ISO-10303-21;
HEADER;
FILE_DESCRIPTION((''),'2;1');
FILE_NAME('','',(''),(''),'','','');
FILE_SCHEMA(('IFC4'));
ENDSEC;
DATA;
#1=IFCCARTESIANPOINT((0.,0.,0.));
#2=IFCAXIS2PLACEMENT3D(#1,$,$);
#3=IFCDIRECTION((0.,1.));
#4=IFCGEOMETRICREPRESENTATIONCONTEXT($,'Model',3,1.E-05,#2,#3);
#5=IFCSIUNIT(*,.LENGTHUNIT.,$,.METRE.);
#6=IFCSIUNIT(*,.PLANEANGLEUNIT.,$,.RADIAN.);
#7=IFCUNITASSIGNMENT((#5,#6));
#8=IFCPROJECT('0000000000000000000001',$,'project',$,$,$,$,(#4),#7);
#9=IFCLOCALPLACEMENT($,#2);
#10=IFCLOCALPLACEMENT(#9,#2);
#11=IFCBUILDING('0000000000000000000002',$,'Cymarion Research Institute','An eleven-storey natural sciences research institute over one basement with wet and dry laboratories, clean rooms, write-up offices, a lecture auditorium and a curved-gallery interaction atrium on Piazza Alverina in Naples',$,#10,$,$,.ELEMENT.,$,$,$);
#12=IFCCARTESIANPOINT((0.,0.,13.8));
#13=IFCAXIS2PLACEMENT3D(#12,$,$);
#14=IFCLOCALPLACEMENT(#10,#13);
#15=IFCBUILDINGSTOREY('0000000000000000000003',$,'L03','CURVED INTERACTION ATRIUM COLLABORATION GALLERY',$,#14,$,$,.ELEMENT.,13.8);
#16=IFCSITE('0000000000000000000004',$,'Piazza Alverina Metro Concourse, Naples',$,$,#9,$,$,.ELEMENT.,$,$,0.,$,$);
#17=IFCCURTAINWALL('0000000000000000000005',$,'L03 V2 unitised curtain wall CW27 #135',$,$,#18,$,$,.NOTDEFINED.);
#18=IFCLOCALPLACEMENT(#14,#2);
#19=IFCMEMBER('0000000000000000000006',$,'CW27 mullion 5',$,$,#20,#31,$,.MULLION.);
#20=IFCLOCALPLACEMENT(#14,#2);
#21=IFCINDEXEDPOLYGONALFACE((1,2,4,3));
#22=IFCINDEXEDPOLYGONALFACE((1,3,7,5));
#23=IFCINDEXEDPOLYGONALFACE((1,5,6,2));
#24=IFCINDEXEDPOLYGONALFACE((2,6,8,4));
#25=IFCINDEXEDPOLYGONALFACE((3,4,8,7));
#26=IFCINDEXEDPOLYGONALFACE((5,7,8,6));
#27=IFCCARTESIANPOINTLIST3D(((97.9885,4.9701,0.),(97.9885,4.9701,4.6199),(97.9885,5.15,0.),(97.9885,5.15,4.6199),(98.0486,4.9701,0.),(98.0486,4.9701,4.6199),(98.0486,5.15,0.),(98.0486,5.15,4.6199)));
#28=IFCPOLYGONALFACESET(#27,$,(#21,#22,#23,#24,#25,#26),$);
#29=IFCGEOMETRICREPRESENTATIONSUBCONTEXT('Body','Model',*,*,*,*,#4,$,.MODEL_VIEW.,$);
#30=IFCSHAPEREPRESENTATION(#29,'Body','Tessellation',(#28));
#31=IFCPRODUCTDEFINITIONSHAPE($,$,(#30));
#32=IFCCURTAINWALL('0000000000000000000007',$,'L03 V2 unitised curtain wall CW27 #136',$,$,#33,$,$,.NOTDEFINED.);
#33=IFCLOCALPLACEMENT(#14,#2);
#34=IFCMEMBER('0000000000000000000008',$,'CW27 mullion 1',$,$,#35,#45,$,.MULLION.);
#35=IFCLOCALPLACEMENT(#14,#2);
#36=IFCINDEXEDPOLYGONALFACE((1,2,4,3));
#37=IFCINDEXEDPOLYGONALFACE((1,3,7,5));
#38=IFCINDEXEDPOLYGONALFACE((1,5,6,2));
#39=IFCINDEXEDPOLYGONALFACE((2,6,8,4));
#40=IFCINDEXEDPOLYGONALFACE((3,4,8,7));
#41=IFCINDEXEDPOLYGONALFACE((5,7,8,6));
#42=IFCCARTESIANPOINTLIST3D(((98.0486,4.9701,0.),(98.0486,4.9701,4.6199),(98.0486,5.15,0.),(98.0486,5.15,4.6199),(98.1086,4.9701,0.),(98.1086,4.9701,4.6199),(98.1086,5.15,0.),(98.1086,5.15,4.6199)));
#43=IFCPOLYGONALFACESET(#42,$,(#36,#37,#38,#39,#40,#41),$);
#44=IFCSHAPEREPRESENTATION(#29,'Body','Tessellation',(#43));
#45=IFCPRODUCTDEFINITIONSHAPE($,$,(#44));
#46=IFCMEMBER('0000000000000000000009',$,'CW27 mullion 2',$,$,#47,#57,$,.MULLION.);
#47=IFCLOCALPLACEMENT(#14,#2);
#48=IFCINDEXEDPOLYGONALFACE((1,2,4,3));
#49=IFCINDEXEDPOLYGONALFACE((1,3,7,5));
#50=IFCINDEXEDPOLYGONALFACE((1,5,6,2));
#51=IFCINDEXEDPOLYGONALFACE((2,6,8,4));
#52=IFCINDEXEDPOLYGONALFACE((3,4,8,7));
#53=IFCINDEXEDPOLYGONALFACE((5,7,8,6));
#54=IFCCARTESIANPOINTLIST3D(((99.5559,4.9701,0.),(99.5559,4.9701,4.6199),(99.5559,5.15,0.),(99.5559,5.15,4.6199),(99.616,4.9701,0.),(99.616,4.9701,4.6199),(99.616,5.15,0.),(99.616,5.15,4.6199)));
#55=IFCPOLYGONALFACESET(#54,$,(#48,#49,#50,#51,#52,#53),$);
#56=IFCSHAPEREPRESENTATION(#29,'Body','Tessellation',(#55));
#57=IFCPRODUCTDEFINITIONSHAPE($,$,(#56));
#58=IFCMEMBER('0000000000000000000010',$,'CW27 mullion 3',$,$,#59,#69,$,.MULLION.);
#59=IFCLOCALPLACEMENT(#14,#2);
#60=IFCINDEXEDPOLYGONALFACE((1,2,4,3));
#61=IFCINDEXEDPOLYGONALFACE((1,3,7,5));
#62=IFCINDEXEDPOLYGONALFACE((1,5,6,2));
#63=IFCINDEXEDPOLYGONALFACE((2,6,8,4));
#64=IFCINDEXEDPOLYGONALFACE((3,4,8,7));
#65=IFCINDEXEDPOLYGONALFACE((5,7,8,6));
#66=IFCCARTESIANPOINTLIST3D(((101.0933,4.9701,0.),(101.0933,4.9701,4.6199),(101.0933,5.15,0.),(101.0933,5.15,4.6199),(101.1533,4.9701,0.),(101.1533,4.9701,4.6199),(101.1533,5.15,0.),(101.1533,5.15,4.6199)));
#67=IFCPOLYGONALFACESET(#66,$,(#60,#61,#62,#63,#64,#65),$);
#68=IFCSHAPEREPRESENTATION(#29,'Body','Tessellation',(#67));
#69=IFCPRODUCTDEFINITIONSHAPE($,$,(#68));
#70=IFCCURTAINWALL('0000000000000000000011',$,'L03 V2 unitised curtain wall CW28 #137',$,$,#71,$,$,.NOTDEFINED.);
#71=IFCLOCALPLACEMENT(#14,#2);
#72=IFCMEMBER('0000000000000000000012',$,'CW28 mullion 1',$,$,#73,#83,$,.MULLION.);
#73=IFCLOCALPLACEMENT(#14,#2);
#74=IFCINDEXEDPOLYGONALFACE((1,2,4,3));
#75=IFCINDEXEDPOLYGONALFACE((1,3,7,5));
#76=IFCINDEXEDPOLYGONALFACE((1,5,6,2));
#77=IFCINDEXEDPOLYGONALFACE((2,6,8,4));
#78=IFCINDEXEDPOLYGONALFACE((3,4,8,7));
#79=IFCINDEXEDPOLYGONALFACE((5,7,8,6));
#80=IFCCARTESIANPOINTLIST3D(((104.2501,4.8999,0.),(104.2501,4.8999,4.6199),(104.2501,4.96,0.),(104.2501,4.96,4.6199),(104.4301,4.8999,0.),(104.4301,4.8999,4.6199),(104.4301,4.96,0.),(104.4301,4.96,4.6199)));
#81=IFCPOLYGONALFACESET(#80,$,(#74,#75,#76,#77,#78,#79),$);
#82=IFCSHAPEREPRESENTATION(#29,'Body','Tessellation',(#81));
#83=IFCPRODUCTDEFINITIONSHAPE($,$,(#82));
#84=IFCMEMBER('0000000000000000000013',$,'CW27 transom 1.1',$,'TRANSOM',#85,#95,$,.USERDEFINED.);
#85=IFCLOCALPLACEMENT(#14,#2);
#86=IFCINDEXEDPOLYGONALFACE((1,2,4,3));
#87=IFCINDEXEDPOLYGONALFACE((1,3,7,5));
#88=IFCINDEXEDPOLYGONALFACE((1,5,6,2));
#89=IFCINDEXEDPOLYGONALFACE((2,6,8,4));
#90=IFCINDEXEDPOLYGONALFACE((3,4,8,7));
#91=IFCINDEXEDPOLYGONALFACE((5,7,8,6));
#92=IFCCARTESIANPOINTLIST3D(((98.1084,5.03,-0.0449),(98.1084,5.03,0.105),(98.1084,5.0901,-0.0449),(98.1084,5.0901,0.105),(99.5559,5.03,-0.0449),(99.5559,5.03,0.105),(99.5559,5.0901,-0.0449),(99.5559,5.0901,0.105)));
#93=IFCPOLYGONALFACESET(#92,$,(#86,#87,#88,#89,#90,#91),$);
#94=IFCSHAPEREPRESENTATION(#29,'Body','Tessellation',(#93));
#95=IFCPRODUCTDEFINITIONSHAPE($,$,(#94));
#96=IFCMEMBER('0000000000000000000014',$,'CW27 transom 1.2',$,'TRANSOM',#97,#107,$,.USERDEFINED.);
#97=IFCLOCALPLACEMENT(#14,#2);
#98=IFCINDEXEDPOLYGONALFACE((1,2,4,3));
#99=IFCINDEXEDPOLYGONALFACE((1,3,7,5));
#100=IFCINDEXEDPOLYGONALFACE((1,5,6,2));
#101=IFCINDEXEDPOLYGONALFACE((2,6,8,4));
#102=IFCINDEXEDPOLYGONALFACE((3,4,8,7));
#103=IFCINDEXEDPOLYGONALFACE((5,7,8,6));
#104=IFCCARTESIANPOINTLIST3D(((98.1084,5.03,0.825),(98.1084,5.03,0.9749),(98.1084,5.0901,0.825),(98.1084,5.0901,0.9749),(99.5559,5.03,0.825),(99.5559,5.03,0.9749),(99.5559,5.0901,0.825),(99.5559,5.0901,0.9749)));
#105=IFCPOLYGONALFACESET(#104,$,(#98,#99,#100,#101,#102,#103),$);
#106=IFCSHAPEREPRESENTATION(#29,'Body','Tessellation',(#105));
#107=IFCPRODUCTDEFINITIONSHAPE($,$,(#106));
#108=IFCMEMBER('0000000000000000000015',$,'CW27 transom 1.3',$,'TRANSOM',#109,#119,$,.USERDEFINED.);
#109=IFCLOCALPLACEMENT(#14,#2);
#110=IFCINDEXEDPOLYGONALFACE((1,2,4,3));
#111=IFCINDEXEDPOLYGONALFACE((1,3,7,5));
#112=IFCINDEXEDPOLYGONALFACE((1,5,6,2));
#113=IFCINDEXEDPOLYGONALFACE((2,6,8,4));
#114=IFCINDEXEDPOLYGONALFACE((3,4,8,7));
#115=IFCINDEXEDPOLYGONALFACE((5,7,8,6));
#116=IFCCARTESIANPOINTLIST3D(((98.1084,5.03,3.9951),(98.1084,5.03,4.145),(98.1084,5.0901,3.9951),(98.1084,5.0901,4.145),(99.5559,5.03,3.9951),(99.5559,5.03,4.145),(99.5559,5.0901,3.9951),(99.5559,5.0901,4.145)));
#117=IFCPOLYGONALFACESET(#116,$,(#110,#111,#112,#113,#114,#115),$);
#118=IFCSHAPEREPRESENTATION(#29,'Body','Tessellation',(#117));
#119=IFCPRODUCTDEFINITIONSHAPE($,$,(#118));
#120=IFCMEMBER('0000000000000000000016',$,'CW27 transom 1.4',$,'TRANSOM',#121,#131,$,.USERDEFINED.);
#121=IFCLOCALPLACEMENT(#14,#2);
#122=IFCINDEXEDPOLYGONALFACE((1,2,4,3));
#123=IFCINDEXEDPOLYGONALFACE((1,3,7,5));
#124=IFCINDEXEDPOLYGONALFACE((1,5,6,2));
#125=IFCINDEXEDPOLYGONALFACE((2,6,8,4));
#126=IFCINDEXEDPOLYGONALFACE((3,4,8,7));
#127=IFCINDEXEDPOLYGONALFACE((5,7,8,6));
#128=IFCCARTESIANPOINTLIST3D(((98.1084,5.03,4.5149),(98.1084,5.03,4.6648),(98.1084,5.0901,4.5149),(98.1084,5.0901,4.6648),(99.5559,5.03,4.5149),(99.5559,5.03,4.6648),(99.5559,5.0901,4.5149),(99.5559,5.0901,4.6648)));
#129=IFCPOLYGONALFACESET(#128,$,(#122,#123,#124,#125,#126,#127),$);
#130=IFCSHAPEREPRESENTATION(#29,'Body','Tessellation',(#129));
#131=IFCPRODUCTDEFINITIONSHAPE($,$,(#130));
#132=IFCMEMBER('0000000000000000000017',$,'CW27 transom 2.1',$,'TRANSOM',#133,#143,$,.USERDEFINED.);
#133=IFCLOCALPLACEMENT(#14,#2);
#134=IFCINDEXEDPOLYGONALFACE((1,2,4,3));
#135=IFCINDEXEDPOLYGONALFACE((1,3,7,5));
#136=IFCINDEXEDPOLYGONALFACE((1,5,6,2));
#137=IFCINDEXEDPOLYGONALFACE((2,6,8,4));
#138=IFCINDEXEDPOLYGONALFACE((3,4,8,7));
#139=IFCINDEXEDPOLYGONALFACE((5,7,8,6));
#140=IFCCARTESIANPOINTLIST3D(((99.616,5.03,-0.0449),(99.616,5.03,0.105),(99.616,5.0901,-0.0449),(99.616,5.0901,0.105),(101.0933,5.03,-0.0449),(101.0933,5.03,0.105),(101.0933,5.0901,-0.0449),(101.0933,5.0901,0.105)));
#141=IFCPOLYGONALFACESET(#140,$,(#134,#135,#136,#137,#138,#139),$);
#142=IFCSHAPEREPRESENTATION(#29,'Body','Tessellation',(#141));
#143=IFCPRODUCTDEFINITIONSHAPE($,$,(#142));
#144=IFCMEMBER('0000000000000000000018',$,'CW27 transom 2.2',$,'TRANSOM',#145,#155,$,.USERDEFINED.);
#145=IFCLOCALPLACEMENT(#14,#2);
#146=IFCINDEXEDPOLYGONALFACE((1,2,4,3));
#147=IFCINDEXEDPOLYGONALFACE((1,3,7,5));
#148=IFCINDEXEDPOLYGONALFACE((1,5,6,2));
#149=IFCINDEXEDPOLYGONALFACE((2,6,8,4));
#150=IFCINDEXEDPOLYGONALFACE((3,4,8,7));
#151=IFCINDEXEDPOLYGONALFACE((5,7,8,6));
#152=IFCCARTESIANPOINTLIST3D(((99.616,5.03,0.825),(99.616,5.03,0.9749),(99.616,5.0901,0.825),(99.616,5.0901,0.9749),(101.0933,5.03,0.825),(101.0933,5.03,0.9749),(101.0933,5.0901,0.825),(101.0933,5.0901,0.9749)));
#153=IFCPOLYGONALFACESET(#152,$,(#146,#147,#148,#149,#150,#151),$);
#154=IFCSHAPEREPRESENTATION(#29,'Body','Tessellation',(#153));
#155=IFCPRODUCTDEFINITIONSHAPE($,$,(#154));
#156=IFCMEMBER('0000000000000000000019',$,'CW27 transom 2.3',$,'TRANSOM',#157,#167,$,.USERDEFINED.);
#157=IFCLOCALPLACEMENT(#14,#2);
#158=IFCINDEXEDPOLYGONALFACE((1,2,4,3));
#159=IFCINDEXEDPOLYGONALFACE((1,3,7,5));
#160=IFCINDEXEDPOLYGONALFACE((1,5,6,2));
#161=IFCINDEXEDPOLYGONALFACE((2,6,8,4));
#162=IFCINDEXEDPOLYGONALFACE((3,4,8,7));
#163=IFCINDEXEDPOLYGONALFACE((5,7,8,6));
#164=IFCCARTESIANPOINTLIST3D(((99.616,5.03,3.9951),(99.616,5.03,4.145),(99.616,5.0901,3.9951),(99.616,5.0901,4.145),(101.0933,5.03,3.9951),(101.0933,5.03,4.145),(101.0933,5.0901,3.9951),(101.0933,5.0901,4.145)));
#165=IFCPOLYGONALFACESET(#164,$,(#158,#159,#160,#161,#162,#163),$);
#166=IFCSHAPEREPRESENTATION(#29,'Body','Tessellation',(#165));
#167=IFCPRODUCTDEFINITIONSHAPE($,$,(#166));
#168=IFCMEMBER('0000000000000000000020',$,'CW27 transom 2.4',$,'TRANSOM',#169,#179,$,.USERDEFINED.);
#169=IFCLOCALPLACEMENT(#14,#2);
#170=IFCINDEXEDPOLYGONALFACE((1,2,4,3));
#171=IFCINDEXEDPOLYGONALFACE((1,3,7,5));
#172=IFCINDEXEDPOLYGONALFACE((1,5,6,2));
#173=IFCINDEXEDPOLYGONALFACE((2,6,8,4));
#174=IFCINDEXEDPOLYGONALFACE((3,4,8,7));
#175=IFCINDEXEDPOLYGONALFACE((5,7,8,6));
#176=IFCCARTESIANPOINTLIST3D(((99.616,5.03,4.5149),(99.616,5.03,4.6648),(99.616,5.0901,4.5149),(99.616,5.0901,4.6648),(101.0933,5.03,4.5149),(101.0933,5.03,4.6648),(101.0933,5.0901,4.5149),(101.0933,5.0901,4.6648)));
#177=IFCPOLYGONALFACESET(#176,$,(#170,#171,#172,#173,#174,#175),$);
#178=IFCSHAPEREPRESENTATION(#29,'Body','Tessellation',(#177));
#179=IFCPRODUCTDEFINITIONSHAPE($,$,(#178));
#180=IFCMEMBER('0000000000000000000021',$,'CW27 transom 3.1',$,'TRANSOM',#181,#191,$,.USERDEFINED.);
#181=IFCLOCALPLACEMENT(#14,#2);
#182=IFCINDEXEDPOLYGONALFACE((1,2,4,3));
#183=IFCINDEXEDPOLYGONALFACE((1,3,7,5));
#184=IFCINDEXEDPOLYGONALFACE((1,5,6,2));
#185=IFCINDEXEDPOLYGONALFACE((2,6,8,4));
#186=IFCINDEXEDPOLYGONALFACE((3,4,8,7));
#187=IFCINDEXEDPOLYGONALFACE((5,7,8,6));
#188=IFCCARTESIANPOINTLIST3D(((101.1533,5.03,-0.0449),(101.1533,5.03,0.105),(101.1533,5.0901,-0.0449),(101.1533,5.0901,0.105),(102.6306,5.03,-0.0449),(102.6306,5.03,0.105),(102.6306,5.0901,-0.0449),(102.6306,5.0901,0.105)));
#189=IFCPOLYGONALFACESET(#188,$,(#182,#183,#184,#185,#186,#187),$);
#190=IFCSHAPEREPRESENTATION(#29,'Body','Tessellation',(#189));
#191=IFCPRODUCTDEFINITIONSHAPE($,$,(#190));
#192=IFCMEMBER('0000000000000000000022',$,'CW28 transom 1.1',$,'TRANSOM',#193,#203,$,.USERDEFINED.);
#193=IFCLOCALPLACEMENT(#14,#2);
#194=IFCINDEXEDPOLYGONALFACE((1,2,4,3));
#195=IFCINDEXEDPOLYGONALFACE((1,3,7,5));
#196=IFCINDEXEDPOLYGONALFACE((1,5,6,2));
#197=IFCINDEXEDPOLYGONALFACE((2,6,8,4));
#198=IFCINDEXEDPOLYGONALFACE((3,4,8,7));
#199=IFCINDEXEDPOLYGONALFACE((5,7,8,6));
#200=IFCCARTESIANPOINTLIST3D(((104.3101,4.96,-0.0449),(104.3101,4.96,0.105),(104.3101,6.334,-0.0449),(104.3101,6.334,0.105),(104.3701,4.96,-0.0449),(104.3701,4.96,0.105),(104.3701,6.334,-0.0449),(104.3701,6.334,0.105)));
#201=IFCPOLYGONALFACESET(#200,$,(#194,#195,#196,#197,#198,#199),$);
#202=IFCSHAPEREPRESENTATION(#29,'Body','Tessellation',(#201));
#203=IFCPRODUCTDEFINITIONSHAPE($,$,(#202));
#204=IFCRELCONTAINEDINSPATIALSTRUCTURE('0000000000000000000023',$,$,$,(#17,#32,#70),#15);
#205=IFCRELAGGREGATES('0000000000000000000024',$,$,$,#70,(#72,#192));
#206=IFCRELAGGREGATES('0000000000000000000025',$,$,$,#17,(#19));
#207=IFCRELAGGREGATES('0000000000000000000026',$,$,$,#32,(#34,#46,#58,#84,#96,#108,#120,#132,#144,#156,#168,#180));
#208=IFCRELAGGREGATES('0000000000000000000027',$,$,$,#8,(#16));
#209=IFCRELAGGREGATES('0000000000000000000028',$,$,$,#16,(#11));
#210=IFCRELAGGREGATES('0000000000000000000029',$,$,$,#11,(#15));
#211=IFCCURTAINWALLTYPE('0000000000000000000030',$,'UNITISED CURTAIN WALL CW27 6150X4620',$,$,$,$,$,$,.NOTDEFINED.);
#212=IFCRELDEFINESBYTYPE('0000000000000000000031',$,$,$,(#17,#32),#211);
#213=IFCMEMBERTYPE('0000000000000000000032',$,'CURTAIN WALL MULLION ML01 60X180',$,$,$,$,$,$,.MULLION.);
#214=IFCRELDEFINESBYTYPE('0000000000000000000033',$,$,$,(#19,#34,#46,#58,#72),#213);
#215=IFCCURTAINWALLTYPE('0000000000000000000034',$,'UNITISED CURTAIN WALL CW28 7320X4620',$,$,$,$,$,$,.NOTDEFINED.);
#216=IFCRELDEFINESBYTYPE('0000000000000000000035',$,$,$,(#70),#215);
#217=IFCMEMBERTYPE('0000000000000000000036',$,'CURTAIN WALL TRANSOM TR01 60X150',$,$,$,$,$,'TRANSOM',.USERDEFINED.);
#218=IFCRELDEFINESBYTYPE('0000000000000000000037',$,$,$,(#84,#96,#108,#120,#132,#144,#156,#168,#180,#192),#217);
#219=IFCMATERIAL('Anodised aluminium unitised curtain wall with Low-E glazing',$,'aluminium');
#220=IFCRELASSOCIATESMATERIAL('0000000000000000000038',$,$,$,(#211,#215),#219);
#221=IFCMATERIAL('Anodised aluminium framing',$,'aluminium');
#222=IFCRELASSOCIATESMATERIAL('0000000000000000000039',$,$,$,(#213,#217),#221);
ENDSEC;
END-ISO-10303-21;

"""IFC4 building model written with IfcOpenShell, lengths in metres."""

from ifc_helpers import new_model, si_unit, direction, frame, origin, origin_2d, place, context, subcontext, project, spatial, rectangle, extrude, material, material_profile, profile_set, type_object, element, aggregate, save


model = new_model("IFC4")

# Units and contexts
model_context = context("Model", 3, precision=1e-05, world=origin(), true_north=direction((0.0, 1.0)))
body_context = subcontext(model_context, "Body", "Model", "MODEL_VIEW")
ifc_project = project(units=[si_unit("LENGTHUNIT", "METRE"), si_unit("PLANEANGLEUNIT", "RADIAN")], contexts=[model_context])

# Site, building, storey
site_placement = place(None, origin())
site = spatial("IfcSite", under=ifc_project, at=site_placement, Name="Piazza Alverina Metro Concourse, Naples", CompositionType="ELEMENT", RefElevation=0.0)
building_placement = place(site_placement, origin())
building = spatial("IfcBuilding", under=site, at=building_placement, Name="Cymarion Research Institute", Description="An eleven-storey natural sciences research institute over one basement with wet and dry laboratories, clean rooms, write-up offices, a lecture auditorium and a curved-gallery interaction atrium on Piazza Alverina in Naples", CompositionType="ELEMENT")
storey_placement = place(building_placement, frame((0.0, 0.0, 13.8)))
storey = spatial("IfcBuildingStorey", under=building, at=storey_placement, Name="L03", Description="CURVED INTERACTION ATRIUM COLLABORATION GALLERY", CompositionType="ELEMENT", Elevation=13.8)

# Curtain wall, member
ifc_material_1 = material(Name="Anodised aluminium unitised curtain wall with Low-E glazing", Category="aluminium")
curtain_wall_type_1 = type_object("IfcCurtainWallType", Name="UNITISED CURTAIN WALL CW27 6150X4620", PredefinedType="NOTDEFINED", material=ifc_material_1)
curtain_wall_1_placement = place(storey_placement, origin())
curtain_wall_1 = element("IfcCurtainWall", 1, at=curtain_wall_1_placement, inside=storey, type_object=curtain_wall_type_1, Name="L03 V2 unitised curtain wall CW27 #135", PredefinedType="NOTDEFINED")
ifc_material_2 = material(Name="Anodised aluminium framing", Category="aluminium")
ifc_material_profile_1 = material_profile(ifc_material_2, rectangle(XDim=0.0601, YDim=0.1799, at=origin_2d()), Name="ALU MULLION 60x180")
ifc_profile_set_1 = profile_set([ifc_material_profile_1], Name="Anodised aluminium framing")
member_type_1 = type_object("IfcMemberType", Name="CURTAIN WALL MULLION ML01 60X180", PredefinedType="MULLION", material=ifc_profile_set_1)
member_1_placement = place(storey_placement, frame((98.0186, 5.0601, 0.0), z_axis=(0.0, 0.0, 1.0), x_axis=(1.0, 0.0, 0.0)))
member_1 = element("IfcMember", 2, at=member_1_placement, type_object=member_type_1, Name="CW27 mullion 5", PredefinedType="MULLION", context=body_context, shape_type="SweptSolid", body=[
    extrude(rectangle(XDim=0.0601, YDim=0.1799, at=origin_2d()), origin(), (0.0, 0.0, 1.0), 4.6199),
])

# Curtain wall, members
curtain_wall_2_placement = place(storey_placement, origin())
curtain_wall_2 = element("IfcCurtainWall", 3, at=curtain_wall_2_placement, inside=storey, type_object=curtain_wall_type_1, Name="L03 V2 unitised curtain wall CW27 #136", PredefinedType="NOTDEFINED")
member_2_placement = place(storey_placement, frame((98.0786, 5.0601, 0.0), z_axis=(0.0, 0.0, 1.0), x_axis=(1.0, 0.0, 0.0)))
member_2 = element("IfcMember", 4, at=member_2_placement, type_object=member_type_1, Name="CW27 mullion 1", PredefinedType="MULLION", context=body_context, shape_type="SweptSolid", body=[
    extrude(rectangle(XDim=0.0601, YDim=0.1799, at=origin_2d()), origin(), (0.0, 0.0, 1.0), 4.6199),
])
member_3_placement = place(storey_placement, frame((99.5859, 5.0601, 0.0), z_axis=(0.0, 0.0, 1.0), x_axis=(1.0, 0.0, 0.0)))
member_3 = element("IfcMember", 5, at=member_3_placement, type_object=member_type_1, Name="CW27 mullion 2", PredefinedType="MULLION", context=body_context, shape_type="SweptSolid", body=[
    extrude(rectangle(XDim=0.0601, YDim=0.1799, at=origin_2d()), origin(), (0.0, 0.0, 1.0), 4.6199),
])
member_4_placement = place(storey_placement, frame((101.1233, 5.0601, 0.0), z_axis=(0.0, 0.0, 1.0), x_axis=(1.0, 0.0, 0.0)))
member_4 = element("IfcMember", 6, at=member_4_placement, type_object=member_type_1, Name="CW27 mullion 3", PredefinedType="MULLION", context=body_context, shape_type="SweptSolid", body=[
    extrude(rectangle(XDim=0.0601, YDim=0.1799, at=origin_2d()), origin(), (0.0, 0.0, 1.0), 4.6199),
])

# Curtain wall, member
curtain_wall_type_2 = type_object("IfcCurtainWallType", Name="UNITISED CURTAIN WALL CW28 7320X4620", PredefinedType="NOTDEFINED", material=ifc_material_1)
curtain_wall_3_placement = place(storey_placement, origin())
curtain_wall_3 = element("IfcCurtainWall", 7, at=curtain_wall_3_placement, inside=storey, type_object=curtain_wall_type_2, Name="L03 V2 unitised curtain wall CW28 #137", PredefinedType="NOTDEFINED")
member_5_placement = place(storey_placement, frame((104.3401, 4.9299, 0.0), z_axis=(0.0, 0.0, 1.0), x_axis=(0.0, 1.0, 0.0)))
member_5 = element("IfcMember", 8, at=member_5_placement, type_object=member_type_1, Name="CW28 mullion 1", PredefinedType="MULLION", context=body_context, shape_type="SweptSolid", body=[
    extrude(rectangle(XDim=0.0601, YDim=0.1799, at=origin_2d()), origin(), (0.0, 0.0, 1.0), 4.6199),
])

# Members
ifc_material_profile_2 = material_profile(ifc_material_2, rectangle(XDim=0.0601, YDim=0.1499, at=origin_2d()), Name="ALU TRANSOM 60x150")
ifc_profile_set_2 = profile_set([ifc_material_profile_2], Name="Anodised aluminium framing")
member_type_2 = type_object("IfcMemberType", Name="CURTAIN WALL TRANSOM TR01 60X150", ElementType="TRANSOM", PredefinedType="USERDEFINED", material=ifc_profile_set_2)
member_6_placement = place(storey_placement, frame((98.1084, 5.0601, 0.03), z_axis=(1.0, 0.0, 0.0), x_axis=(0.0, 1.0, 0.0)))
member_6 = element("IfcMember", 9, at=member_6_placement, type_object=member_type_2, Name="CW27 transom 1.1", ObjectType="TRANSOM", PredefinedType="USERDEFINED", context=body_context, shape_type="SweptSolid", body=[
    extrude(rectangle(XDim=0.0601, YDim=0.1499, at=origin_2d()), origin(), (0.0, 0.0, 1.0), 1.4475),
])
member_7_placement = place(storey_placement, frame((98.1084, 5.0601, 0.8999), z_axis=(1.0, 0.0, 0.0), x_axis=(0.0, 1.0, 0.0)))
member_7 = element("IfcMember", 10, at=member_7_placement, type_object=member_type_2, Name="CW27 transom 1.2", ObjectType="TRANSOM", PredefinedType="USERDEFINED", context=body_context, shape_type="SweptSolid", body=[
    extrude(rectangle(XDim=0.0601, YDim=0.1499, at=origin_2d()), origin(), (0.0, 0.0, 1.0), 1.4475),
])
member_8_placement = place(storey_placement, frame((98.1084, 5.0601, 4.0701), z_axis=(1.0, 0.0, 0.0), x_axis=(0.0, 1.0, 0.0)))
member_8 = element("IfcMember", 11, at=member_8_placement, type_object=member_type_2, Name="CW27 transom 1.3", ObjectType="TRANSOM", PredefinedType="USERDEFINED", context=body_context, shape_type="SweptSolid", body=[
    extrude(rectangle(XDim=0.0601, YDim=0.1499, at=origin_2d()), origin(), (0.0, 0.0, 1.0), 1.4475),
])
member_9_placement = place(storey_placement, frame((98.1084, 5.0601, 4.5898), z_axis=(1.0, 0.0, 0.0), x_axis=(0.0, 1.0, 0.0)))
member_9 = element("IfcMember", 12, at=member_9_placement, type_object=member_type_2, Name="CW27 transom 1.4", ObjectType="TRANSOM", PredefinedType="USERDEFINED", context=body_context, shape_type="SweptSolid", body=[
    extrude(rectangle(XDim=0.0601, YDim=0.1499, at=origin_2d()), origin(), (0.0, 0.0, 1.0), 1.4475),
])
member_10_placement = place(storey_placement, frame((99.616, 5.0601, 0.03), z_axis=(1.0, 0.0, 0.0), x_axis=(0.0, 1.0, 0.0)))
member_10 = element("IfcMember", 13, at=member_10_placement, type_object=member_type_2, Name="CW27 transom 2.1", ObjectType="TRANSOM", PredefinedType="USERDEFINED", context=body_context, shape_type="SweptSolid", body=[
    extrude(rectangle(XDim=0.0601, YDim=0.1499, at=origin_2d()), origin(), (0.0, 0.0, 1.0), 1.4773),
])
member_11_placement = place(storey_placement, frame((99.616, 5.0601, 0.8999), z_axis=(1.0, 0.0, 0.0), x_axis=(0.0, 1.0, 0.0)))
member_11 = element("IfcMember", 14, at=member_11_placement, type_object=member_type_2, Name="CW27 transom 2.2", ObjectType="TRANSOM", PredefinedType="USERDEFINED", context=body_context, shape_type="SweptSolid", body=[
    extrude(rectangle(XDim=0.0601, YDim=0.1499, at=origin_2d()), origin(), (0.0, 0.0, 1.0), 1.4773),
])
member_12_placement = place(storey_placement, frame((99.616, 5.0601, 4.0701), z_axis=(1.0, 0.0, 0.0), x_axis=(0.0, 1.0, 0.0)))
member_12 = element("IfcMember", 15, at=member_12_placement, type_object=member_type_2, Name="CW27 transom 2.3", ObjectType="TRANSOM", PredefinedType="USERDEFINED", context=body_context, shape_type="SweptSolid", body=[
    extrude(rectangle(XDim=0.0601, YDim=0.1499, at=origin_2d()), origin(), (0.0, 0.0, 1.0), 1.4773),
])
member_13_placement = place(storey_placement, frame((99.616, 5.0601, 4.5898), z_axis=(1.0, 0.0, 0.0), x_axis=(0.0, 1.0, 0.0)))
member_13 = element("IfcMember", 16, at=member_13_placement, type_object=member_type_2, Name="CW27 transom 2.4", ObjectType="TRANSOM", PredefinedType="USERDEFINED", context=body_context, shape_type="SweptSolid", body=[
    extrude(rectangle(XDim=0.0601, YDim=0.1499, at=origin_2d()), origin(), (0.0, 0.0, 1.0), 1.4773),
])
member_14_placement = place(storey_placement, frame((101.1533, 5.0601, 0.03), z_axis=(1.0, 0.0, 0.0), x_axis=(0.0, 1.0, 0.0)))
member_14 = element("IfcMember", 17, at=member_14_placement, type_object=member_type_2, Name="CW27 transom 3.1", ObjectType="TRANSOM", PredefinedType="USERDEFINED", context=body_context, shape_type="SweptSolid", body=[
    extrude(rectangle(XDim=0.0601, YDim=0.1499, at=origin_2d()), origin(), (0.0, 0.0, 1.0), 1.4773),
])
member_15_placement = place(storey_placement, frame((104.3401, 4.96, 0.03), z_axis=(0.0, 1.0, 0.0), x_axis=(-1.0, 0.0, 0.0)))
member_15 = element("IfcMember", 18, at=member_15_placement, type_object=member_type_2, Name="CW28 transom 1.1", ObjectType="TRANSOM", PredefinedType="USERDEFINED", context=body_context, shape_type="SweptSolid", body=[
    extrude(rectangle(XDim=0.0601, YDim=0.1499, at=origin_2d()), origin(), (0.0, 0.0, 1.0), 1.374),
])
aggregate(curtain_wall_3, [member_5, member_15])

aggregate(curtain_wall_1, [member_1])
aggregate(curtain_wall_2, [member_2, member_3, member_4, member_6, member_7, member_8, member_9, member_10, member_11, member_12, member_13, member_14])

save(model, "model.ifc")
